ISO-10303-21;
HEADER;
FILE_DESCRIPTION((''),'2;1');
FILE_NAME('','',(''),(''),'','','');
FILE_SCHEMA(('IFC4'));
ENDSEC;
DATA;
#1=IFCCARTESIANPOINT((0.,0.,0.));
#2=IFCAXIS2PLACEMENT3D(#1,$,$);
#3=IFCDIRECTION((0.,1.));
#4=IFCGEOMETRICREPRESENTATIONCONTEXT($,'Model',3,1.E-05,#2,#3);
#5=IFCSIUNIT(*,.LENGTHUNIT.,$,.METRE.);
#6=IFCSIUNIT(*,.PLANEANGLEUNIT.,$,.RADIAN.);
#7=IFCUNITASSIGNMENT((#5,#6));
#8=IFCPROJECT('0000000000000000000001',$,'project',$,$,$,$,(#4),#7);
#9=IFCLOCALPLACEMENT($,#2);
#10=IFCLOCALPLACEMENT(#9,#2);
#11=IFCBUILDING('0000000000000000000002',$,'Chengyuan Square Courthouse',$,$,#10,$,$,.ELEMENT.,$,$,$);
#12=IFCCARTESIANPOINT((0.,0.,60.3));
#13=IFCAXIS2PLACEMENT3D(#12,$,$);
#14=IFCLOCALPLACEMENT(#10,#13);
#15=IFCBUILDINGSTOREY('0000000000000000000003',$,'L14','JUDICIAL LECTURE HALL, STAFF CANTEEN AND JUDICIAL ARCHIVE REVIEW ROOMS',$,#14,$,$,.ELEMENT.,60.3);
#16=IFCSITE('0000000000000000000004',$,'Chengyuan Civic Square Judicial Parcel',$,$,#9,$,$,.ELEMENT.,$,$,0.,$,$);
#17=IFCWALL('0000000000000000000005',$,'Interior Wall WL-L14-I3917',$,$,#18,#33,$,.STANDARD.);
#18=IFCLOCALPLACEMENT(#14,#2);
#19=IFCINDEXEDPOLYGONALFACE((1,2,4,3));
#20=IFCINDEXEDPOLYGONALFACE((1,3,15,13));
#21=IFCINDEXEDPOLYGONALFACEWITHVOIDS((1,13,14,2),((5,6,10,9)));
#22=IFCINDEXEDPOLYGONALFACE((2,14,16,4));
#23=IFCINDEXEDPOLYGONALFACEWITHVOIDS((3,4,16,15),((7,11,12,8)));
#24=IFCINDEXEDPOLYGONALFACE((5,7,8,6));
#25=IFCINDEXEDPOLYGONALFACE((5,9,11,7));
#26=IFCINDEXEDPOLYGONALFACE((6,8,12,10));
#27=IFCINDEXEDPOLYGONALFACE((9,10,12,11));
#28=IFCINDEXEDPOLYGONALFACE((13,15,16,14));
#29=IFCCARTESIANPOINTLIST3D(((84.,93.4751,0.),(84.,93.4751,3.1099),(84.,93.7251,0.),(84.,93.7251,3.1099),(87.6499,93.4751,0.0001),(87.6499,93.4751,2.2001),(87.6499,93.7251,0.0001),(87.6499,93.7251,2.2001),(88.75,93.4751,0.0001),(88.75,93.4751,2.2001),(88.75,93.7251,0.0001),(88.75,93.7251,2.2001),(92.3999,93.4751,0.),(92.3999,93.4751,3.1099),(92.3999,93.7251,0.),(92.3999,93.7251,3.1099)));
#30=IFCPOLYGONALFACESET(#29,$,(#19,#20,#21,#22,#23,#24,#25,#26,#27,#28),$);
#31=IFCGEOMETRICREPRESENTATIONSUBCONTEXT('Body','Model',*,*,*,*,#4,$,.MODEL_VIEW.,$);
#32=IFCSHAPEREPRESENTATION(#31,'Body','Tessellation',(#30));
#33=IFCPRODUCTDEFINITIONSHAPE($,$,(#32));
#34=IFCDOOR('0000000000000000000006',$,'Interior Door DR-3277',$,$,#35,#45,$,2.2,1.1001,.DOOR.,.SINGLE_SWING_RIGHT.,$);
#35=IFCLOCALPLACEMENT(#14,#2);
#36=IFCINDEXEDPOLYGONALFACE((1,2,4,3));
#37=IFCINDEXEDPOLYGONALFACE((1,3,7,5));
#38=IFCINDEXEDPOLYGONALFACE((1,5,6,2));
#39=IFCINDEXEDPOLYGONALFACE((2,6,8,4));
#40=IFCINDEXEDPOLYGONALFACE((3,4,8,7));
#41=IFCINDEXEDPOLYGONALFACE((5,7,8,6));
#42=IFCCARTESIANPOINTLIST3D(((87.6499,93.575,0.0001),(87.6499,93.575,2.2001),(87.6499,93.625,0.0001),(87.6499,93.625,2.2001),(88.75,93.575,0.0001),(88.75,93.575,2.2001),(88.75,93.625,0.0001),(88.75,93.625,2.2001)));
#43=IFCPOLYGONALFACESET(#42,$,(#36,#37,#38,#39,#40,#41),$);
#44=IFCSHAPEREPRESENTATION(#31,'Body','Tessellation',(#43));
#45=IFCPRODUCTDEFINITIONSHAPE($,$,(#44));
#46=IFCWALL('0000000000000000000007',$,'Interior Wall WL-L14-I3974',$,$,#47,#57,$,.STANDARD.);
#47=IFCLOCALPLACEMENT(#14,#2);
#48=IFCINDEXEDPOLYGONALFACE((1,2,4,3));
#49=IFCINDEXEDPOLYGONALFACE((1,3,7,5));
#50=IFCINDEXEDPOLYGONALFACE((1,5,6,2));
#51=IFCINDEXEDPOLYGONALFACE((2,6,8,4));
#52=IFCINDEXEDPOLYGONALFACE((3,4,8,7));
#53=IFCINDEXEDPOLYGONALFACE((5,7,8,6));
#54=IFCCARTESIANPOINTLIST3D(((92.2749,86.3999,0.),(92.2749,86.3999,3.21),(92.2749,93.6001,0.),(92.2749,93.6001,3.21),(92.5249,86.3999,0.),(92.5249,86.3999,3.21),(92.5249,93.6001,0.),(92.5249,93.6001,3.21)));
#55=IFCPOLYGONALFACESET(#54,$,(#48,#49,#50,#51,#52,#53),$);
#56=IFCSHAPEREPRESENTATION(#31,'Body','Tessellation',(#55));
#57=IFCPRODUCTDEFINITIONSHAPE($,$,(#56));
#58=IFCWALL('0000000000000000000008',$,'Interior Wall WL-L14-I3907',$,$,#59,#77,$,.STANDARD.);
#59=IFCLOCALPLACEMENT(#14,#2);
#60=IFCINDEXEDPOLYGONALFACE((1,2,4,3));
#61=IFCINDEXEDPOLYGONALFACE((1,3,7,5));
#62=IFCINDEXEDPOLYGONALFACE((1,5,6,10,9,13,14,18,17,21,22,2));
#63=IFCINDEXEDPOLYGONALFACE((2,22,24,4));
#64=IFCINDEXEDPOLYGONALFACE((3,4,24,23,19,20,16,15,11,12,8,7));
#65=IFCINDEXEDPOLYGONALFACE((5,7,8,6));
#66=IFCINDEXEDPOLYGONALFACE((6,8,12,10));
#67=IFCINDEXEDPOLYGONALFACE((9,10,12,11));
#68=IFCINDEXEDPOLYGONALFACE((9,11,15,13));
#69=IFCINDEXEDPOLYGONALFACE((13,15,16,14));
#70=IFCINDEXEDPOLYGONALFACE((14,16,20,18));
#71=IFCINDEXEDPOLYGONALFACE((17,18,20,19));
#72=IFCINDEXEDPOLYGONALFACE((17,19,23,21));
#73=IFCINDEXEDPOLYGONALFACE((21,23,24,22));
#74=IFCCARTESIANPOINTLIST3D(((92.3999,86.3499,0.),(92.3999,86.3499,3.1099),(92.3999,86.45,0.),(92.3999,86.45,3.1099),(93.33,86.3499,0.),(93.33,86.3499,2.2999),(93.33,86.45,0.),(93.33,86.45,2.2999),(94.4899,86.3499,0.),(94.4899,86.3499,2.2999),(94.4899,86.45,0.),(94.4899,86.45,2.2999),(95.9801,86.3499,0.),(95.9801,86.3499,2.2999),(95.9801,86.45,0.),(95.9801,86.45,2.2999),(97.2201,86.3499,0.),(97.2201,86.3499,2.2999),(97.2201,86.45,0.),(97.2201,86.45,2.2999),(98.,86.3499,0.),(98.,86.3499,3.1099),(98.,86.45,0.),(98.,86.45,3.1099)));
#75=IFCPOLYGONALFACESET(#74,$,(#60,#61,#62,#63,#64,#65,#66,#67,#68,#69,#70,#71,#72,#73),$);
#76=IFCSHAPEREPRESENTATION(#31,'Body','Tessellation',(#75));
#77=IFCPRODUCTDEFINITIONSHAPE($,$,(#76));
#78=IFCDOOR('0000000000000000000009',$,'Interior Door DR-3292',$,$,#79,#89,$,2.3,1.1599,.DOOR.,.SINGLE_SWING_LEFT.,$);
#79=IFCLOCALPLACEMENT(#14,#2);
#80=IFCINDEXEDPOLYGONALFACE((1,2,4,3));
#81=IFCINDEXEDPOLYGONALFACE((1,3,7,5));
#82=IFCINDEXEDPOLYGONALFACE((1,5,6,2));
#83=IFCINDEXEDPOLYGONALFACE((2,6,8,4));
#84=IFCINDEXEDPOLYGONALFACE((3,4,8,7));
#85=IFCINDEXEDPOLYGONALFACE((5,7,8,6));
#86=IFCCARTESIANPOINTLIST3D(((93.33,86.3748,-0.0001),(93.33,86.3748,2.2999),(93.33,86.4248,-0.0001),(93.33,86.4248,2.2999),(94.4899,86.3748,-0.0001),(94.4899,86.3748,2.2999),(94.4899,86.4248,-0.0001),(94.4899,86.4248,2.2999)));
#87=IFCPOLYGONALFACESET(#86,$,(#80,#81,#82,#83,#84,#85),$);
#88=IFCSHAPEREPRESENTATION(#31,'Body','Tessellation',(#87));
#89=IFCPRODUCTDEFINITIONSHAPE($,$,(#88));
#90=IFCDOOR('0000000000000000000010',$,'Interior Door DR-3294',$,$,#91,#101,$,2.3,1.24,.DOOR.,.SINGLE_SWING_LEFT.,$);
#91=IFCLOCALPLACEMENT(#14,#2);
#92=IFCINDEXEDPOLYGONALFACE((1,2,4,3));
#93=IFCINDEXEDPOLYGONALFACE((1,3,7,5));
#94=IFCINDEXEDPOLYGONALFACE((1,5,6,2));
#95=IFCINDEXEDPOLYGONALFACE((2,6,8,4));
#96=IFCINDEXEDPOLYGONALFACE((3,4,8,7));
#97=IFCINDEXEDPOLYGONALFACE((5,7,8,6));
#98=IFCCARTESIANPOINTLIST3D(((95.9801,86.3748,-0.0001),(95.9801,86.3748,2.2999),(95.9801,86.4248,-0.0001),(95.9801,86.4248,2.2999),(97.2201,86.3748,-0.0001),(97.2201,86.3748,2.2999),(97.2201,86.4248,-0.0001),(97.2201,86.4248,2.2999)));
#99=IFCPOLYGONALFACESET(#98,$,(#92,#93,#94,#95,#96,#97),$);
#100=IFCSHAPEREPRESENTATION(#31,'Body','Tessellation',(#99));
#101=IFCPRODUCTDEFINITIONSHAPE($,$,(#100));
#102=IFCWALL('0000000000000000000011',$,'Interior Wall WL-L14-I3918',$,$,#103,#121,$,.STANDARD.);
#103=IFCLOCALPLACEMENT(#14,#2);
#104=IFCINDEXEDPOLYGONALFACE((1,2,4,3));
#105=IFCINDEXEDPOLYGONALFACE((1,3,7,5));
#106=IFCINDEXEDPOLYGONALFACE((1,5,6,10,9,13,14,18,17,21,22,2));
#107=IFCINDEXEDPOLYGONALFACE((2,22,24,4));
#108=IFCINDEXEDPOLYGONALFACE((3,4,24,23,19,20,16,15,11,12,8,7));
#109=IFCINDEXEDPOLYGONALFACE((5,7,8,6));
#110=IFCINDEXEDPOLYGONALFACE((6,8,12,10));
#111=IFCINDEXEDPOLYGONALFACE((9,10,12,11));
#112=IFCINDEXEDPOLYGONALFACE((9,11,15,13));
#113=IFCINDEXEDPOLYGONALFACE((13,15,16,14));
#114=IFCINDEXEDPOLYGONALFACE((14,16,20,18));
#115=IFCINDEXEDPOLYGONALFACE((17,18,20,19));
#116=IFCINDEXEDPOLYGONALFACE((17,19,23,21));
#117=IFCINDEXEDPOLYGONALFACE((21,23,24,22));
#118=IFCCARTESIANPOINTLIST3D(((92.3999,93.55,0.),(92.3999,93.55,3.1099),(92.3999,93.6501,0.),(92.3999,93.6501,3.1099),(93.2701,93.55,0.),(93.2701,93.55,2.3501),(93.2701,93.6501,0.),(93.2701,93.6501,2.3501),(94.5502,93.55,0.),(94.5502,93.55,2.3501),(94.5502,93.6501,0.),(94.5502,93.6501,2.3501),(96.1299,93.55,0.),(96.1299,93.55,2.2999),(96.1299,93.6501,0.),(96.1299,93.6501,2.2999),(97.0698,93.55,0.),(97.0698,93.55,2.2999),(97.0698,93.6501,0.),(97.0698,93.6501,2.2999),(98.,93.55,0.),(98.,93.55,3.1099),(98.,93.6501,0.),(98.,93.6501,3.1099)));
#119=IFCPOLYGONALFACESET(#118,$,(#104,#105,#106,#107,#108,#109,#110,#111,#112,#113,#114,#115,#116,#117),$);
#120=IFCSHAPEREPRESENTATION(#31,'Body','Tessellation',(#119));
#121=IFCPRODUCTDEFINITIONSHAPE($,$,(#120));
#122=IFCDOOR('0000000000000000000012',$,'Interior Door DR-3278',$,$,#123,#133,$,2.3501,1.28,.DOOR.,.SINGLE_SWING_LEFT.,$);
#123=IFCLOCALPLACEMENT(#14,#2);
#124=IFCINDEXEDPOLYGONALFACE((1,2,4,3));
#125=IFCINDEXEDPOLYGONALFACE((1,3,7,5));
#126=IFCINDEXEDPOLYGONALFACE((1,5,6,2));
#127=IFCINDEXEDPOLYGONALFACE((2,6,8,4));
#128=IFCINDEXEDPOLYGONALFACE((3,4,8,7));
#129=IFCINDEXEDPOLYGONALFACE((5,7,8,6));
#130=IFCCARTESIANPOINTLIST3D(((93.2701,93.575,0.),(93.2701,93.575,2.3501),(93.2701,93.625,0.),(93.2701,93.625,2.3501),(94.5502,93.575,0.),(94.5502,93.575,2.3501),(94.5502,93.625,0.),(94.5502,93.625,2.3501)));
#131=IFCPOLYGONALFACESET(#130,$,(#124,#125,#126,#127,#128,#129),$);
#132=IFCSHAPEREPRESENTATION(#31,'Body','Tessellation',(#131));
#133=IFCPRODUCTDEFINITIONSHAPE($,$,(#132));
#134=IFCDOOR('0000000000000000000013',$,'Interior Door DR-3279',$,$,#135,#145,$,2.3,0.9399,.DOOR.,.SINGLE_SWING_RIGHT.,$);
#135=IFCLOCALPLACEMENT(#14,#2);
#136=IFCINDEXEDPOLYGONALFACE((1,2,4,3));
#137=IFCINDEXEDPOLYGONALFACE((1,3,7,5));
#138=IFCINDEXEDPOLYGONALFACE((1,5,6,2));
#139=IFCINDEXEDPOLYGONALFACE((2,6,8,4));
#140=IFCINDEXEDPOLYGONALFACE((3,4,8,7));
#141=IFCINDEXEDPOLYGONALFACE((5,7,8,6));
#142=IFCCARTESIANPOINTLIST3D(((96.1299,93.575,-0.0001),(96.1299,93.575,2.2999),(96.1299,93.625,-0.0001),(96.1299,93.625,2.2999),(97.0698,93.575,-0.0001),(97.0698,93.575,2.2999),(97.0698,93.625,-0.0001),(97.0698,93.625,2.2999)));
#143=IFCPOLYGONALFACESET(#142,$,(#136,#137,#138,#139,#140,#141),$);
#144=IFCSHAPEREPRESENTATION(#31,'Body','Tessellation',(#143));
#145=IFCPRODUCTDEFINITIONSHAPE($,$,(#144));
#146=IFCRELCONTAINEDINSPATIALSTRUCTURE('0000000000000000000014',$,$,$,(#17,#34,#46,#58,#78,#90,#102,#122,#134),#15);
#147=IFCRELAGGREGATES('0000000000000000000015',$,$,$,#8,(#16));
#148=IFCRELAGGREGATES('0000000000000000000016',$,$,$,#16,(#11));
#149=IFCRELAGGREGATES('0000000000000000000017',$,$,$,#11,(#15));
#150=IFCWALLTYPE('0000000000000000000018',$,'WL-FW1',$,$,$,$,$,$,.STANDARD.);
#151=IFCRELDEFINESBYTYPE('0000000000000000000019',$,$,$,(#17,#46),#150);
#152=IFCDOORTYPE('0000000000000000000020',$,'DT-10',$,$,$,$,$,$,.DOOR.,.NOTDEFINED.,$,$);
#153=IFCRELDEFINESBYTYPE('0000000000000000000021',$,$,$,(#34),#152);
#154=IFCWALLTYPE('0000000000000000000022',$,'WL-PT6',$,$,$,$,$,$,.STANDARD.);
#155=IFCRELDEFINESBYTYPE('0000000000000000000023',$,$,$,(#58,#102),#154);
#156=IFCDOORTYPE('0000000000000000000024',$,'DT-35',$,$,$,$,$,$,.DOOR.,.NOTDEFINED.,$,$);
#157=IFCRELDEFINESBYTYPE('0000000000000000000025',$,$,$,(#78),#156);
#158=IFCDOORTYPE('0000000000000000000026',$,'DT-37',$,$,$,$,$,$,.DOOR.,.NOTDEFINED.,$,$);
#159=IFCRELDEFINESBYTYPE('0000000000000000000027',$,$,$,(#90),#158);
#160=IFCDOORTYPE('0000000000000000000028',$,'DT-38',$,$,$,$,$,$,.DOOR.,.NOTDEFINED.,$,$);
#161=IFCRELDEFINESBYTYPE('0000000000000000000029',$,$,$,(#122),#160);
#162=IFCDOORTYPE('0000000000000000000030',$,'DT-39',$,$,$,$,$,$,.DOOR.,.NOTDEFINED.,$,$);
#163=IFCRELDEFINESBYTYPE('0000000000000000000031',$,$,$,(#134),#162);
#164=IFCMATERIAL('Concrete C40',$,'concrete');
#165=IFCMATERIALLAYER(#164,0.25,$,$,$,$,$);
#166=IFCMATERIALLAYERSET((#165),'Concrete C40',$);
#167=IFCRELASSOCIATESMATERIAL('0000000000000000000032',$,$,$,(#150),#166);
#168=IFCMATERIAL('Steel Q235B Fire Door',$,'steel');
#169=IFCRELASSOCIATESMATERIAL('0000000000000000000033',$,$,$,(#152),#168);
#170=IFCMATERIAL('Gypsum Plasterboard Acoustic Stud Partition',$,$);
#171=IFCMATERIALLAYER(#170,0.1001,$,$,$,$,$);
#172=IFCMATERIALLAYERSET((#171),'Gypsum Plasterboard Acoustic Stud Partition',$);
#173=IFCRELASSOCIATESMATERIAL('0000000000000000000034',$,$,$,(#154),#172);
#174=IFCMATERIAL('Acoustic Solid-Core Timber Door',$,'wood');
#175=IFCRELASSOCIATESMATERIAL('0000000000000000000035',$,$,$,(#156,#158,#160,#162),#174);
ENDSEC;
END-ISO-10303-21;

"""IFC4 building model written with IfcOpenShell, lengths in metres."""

from ifc_helpers import new_model, si_unit, direction, frame, frame_2d, origin, place, context, subcontext, project, spatial, rectangle, extrude, material, layer, layer_set, type_object, element, fill, save


model = new_model("IFC4")

# Units and contexts
model_context = context("Model", 3, precision=1e-05, world=origin(), true_north=direction((0.0, 1.0)))
body_context = subcontext(model_context, "Body", "Model", "MODEL_VIEW")
ifc_project = project(units=[si_unit("LENGTHUNIT", "METRE"), si_unit("PLANEANGLEUNIT", "RADIAN")], contexts=[model_context])

# Site, building, storey
site_placement = place(None, origin())
site = spatial("IfcSite", under=ifc_project, at=site_placement, Name="Chengyuan Civic Square Judicial Parcel", CompositionType="ELEMENT", RefElevation=0.0)
building_placement = place(site_placement, origin())
building = spatial("IfcBuilding", under=site, at=building_placement, Name="Chengyuan Square Courthouse", CompositionType="ELEMENT")
storey_placement = place(building_placement, frame((0.0, 0.0, 60.3)))
storey = spatial("IfcBuildingStorey", under=building, at=storey_placement, Name="L14", Description="JUDICIAL LECTURE HALL, STAFF CANTEEN AND JUDICIAL ARCHIVE REVIEW ROOMS", CompositionType="ELEMENT", Elevation=60.3)

# Shared definitions
ifc_material_1 = material(Name="Concrete C40", Category="concrete")

# Wall, opening, door
ifc_layer_1 = layer(ifc_material_1, 0.25)
ifc_layer_set_1 = layer_set([ifc_layer_1], Name="Concrete C40")
wall_type_1 = type_object("IfcWallType", Name="WL-FW1", PredefinedType="STANDARD", material=ifc_layer_set_1)
wall_1_placement = place(storey_placement, frame((84.0, 93.6001, 0.0), z_axis=(0.0, 0.0, 1.0), x_axis=(1.0, 0.0, 0.0)))
wall_1 = element("IfcWall", 1, at=wall_1_placement, inside=storey, type_object=wall_type_1, Name="Interior Wall WL-L14-I3917", PredefinedType="STANDARD", context=body_context, shape_type="SweptSolid", body=[
    extrude(rectangle(XDim=8.3999, YDim=0.25, at=frame_2d((4.2, 0.0))), origin(), (0.0, 0.0, 1.0), 3.1099),
])
opening_1_placement = place(wall_1_placement, frame((3.6499, 0.0, 0.0)))
opening_1 = element("IfcOpeningElement", 2, at=opening_1_placement, cuts=wall_1, PredefinedType="OPENING", context=body_context, shape_type="SweptSolid", body=[
    extrude(rectangle(XDim=1.1001, YDim=2.2, at=frame_2d((0.55, 1.1001))), frame((0.0, 0.137, 0.0), z_axis=(0.0, -1.0, 0.0), x_axis=(1.0, 0.0, 0.0)), (0.0, 0.0, 1.0), 0.2739),
])
ifc_material_2 = material(Name="Steel Q235B Fire Door", Category="steel")
door_type_1 = type_object("IfcDoorType", Name="DT-10", OperationType="NOTDEFINED", PredefinedType="DOOR", material=ifc_material_2)
door_1_placement = place(opening_1_placement, origin())
door_1 = element("IfcDoor", 3, at=door_1_placement, inside=storey, type_object=door_type_1, Name="Interior Door DR-3277", OperationType="SINGLE_SWING_RIGHT", OverallHeight=2.2, OverallWidth=1.1001, PredefinedType="DOOR", context=body_context, shape_type="SweptSolid", body=[
    extrude(rectangle(XDim=1.1001, YDim=2.2, at=frame_2d((0.55, 1.1001))), frame((0.0, 0.0249, 0.0), z_axis=(0.0, -1.0, 0.0), x_axis=(1.0, 0.0, 0.0)), (0.0, 0.0, 1.0), 0.05),
])
fill(opening_1, door_1)

# Wall
wall_2_placement = place(storey_placement, frame((92.3999, 86.3999, 0.0), z_axis=(0.0, 0.0, 1.0), x_axis=(0.0, 1.0, 0.0)))
element("IfcWall", 4, at=wall_2_placement, inside=storey, type_object=wall_type_1, Name="Interior Wall WL-L14-I3974", PredefinedType="STANDARD", context=body_context, shape_type="SweptSolid", body=[
    extrude(rectangle(XDim=7.2002, YDim=0.25, at=frame_2d((3.6001, 0.0))), origin(), (0.0, 0.0, 1.0), 3.21),
])

# Walls, openings, doors
ifc_material_3 = material(Name="Gypsum Plasterboard Acoustic Stud Partition")
ifc_layer_2 = layer(ifc_material_3, 0.1001)
ifc_layer_set_2 = layer_set([ifc_layer_2], Name="Gypsum Plasterboard Acoustic Stud Partition")
wall_type_2 = type_object("IfcWallType", Name="WL-PT6", PredefinedType="STANDARD", material=ifc_layer_set_2)
wall_3_placement = place(storey_placement, frame((92.3999, 86.3999, 0.0), z_axis=(0.0, 0.0, 1.0), x_axis=(1.0, 0.0, 0.0)))
wall_3 = element("IfcWall", 5, at=wall_3_placement, inside=storey, type_object=wall_type_2, Name="Interior Wall WL-L14-I3907", PredefinedType="STANDARD", context=body_context, shape_type="SweptSolid", body=[
    extrude(rectangle(XDim=5.6001, YDim=0.1001, at=frame_2d((2.8, 0.0))), origin(), (0.0, 0.0, 1.0), 3.1099),
])
opening_2_placement = place(wall_3_placement, frame((0.9299, 0.0, 0.0)))
opening_2 = element("IfcOpeningElement", 6, at=opening_2_placement, cuts=wall_3, PredefinedType="OPENING", context=body_context, shape_type="SweptSolid", body=[
    extrude(rectangle(XDim=1.1599, YDim=2.3, at=frame_2d((0.5801, 1.1499))), frame((0.0, 0.062, 0.0), z_axis=(0.0, -1.0, 0.0), x_axis=(1.0, 0.0, 0.0)), (0.0, 0.0, 1.0), 0.124),
])
opening_3_placement = place(wall_3_placement, frame((3.5801, 0.0, 0.0)))
opening_3 = element("IfcOpeningElement", 7, at=opening_3_placement, cuts=wall_3, PredefinedType="OPENING", context=body_context, shape_type="SweptSolid", body=[
    extrude(rectangle(XDim=1.24, YDim=2.3, at=frame_2d((0.6201, 1.1499))), frame((0.0, 0.062, 0.0), z_axis=(0.0, -1.0, 0.0), x_axis=(1.0, 0.0, 0.0)), (0.0, 0.0, 1.0), 0.124),
])
ifc_material_4 = material(Name="Acoustic Solid-Core Timber Door", Category="wood")
door_type_2 = type_object("IfcDoorType", Name="DT-35", OperationType="NOTDEFINED", PredefinedType="DOOR", material=ifc_material_4)
door_2_placement = place(opening_2_placement, origin())
door_2 = element("IfcDoor", 8, at=door_2_placement, inside=storey, type_object=door_type_2, Name="Interior Door DR-3292", OperationType="SINGLE_SWING_LEFT", OverallHeight=2.3, OverallWidth=1.1599, PredefinedType="DOOR", context=body_context, shape_type="SweptSolid", body=[
    extrude(rectangle(XDim=1.1599, YDim=2.3, at=frame_2d((0.5801, 1.1499))), frame((0.0, 0.0249, 0.0), z_axis=(0.0, -1.0, 0.0), x_axis=(1.0, 0.0, 0.0)), (0.0, 0.0, 1.0), 0.05),
])
fill(opening_2, door_2)
door_type_3 = type_object("IfcDoorType", Name="DT-37", OperationType="NOTDEFINED", PredefinedType="DOOR", material=ifc_material_4)
door_3_placement = place(opening_3_placement, origin())
door_3 = element("IfcDoor", 9, at=door_3_placement, inside=storey, type_object=door_type_3, Name="Interior Door DR-3294", OperationType="SINGLE_SWING_LEFT", OverallHeight=2.3, OverallWidth=1.24, PredefinedType="DOOR", context=body_context, shape_type="SweptSolid", body=[
    extrude(rectangle(XDim=1.24, YDim=2.3, at=frame_2d((0.6201, 1.1499))), frame((0.0, 0.0249, 0.0), z_axis=(0.0, -1.0, 0.0), x_axis=(1.0, 0.0, 0.0)), (0.0, 0.0, 1.0), 0.05),
])
fill(opening_3, door_3)
wall_4_placement = place(storey_placement, frame((92.3999, 93.6001, 0.0), z_axis=(0.0, 0.0, 1.0), x_axis=(1.0, 0.0, 0.0)))
wall_4 = element("IfcWall", 10, at=wall_4_placement, inside=storey, type_object=wall_type_2, Name="Interior Wall WL-L14-I3918", PredefinedType="STANDARD", context=body_context, shape_type="SweptSolid", body=[
    extrude(rectangle(XDim=5.6001, YDim=0.1001, at=frame_2d((2.8, 0.0))), origin(), (0.0, 0.0, 1.0), 3.1099),
])
opening_4_placement = place(wall_4_placement, frame((0.8701, 0.0, 0.0)))
opening_4 = element("IfcOpeningElement", 11, at=opening_4_placement, cuts=wall_4, PredefinedType="OPENING", context=body_context, shape_type="SweptSolid", body=[
    extrude(rectangle(XDim=1.28, YDim=2.3501, at=frame_2d((0.6401, 1.175))), frame((0.0, 0.062, 0.0), z_axis=(0.0, -1.0, 0.0), x_axis=(1.0, 0.0, 0.0)), (0.0, 0.0, 1.0), 0.124),
])
opening_5_placement = place(wall_4_placement, frame((3.73, 0.0, 0.0)))
opening_5 = element("IfcOpeningElement", 12, at=opening_5_placement, cuts=wall_4, PredefinedType="OPENING", context=body_context, shape_type="SweptSolid", body=[
    extrude(rectangle(XDim=0.9399, YDim=2.3, at=frame_2d((0.47, 1.1499))), frame((0.0, 0.062, 0.0), z_axis=(0.0, -1.0, 0.0), x_axis=(1.0, 0.0, 0.0)), (0.0, 0.0, 1.0), 0.124),
])
door_type_4 = type_object("IfcDoorType", Name="DT-38", OperationType="NOTDEFINED", PredefinedType="DOOR", material=ifc_material_4)
door_4_placement = place(opening_4_placement, origin())
door_4 = element("IfcDoor", 13, at=door_4_placement, inside=storey, type_object=door_type_4, Name="Interior Door DR-3278", OperationType="SINGLE_SWING_LEFT", OverallHeight=2.3501, OverallWidth=1.28, PredefinedType="DOOR", context=body_context, shape_type="SweptSolid", body=[
    extrude(rectangle(XDim=1.28, YDim=2.3501, at=frame_2d((0.6401, 1.175))), frame((0.0, 0.0249, 0.0), z_axis=(0.0, -1.0, 0.0), x_axis=(1.0, 0.0, 0.0)), (0.0, 0.0, 1.0), 0.05),
])
fill(opening_4, door_4)
door_type_5 = type_object("IfcDoorType", Name="DT-39", OperationType="NOTDEFINED", PredefinedType="DOOR", material=ifc_material_4)
door_5_placement = place(opening_5_placement, origin())
door_5 = element("IfcDoor", 14, at=door_5_placement, inside=storey, type_object=door_type_5, Name="Interior Door DR-3279", OperationType="SINGLE_SWING_RIGHT", OverallHeight=2.3, OverallWidth=0.9399, PredefinedType="DOOR", context=body_context, shape_type="SweptSolid", body=[
    extrude(rectangle(XDim=0.9399, YDim=2.3, at=frame_2d((0.47, 1.1499))), frame((0.0, 0.0249, 0.0), z_axis=(0.0, -1.0, 0.0), x_axis=(1.0, 0.0, 0.0)), (0.0, 0.0, 1.0), 0.05),
])
fill(opening_5, door_5)

save(model, "model.ifc")
